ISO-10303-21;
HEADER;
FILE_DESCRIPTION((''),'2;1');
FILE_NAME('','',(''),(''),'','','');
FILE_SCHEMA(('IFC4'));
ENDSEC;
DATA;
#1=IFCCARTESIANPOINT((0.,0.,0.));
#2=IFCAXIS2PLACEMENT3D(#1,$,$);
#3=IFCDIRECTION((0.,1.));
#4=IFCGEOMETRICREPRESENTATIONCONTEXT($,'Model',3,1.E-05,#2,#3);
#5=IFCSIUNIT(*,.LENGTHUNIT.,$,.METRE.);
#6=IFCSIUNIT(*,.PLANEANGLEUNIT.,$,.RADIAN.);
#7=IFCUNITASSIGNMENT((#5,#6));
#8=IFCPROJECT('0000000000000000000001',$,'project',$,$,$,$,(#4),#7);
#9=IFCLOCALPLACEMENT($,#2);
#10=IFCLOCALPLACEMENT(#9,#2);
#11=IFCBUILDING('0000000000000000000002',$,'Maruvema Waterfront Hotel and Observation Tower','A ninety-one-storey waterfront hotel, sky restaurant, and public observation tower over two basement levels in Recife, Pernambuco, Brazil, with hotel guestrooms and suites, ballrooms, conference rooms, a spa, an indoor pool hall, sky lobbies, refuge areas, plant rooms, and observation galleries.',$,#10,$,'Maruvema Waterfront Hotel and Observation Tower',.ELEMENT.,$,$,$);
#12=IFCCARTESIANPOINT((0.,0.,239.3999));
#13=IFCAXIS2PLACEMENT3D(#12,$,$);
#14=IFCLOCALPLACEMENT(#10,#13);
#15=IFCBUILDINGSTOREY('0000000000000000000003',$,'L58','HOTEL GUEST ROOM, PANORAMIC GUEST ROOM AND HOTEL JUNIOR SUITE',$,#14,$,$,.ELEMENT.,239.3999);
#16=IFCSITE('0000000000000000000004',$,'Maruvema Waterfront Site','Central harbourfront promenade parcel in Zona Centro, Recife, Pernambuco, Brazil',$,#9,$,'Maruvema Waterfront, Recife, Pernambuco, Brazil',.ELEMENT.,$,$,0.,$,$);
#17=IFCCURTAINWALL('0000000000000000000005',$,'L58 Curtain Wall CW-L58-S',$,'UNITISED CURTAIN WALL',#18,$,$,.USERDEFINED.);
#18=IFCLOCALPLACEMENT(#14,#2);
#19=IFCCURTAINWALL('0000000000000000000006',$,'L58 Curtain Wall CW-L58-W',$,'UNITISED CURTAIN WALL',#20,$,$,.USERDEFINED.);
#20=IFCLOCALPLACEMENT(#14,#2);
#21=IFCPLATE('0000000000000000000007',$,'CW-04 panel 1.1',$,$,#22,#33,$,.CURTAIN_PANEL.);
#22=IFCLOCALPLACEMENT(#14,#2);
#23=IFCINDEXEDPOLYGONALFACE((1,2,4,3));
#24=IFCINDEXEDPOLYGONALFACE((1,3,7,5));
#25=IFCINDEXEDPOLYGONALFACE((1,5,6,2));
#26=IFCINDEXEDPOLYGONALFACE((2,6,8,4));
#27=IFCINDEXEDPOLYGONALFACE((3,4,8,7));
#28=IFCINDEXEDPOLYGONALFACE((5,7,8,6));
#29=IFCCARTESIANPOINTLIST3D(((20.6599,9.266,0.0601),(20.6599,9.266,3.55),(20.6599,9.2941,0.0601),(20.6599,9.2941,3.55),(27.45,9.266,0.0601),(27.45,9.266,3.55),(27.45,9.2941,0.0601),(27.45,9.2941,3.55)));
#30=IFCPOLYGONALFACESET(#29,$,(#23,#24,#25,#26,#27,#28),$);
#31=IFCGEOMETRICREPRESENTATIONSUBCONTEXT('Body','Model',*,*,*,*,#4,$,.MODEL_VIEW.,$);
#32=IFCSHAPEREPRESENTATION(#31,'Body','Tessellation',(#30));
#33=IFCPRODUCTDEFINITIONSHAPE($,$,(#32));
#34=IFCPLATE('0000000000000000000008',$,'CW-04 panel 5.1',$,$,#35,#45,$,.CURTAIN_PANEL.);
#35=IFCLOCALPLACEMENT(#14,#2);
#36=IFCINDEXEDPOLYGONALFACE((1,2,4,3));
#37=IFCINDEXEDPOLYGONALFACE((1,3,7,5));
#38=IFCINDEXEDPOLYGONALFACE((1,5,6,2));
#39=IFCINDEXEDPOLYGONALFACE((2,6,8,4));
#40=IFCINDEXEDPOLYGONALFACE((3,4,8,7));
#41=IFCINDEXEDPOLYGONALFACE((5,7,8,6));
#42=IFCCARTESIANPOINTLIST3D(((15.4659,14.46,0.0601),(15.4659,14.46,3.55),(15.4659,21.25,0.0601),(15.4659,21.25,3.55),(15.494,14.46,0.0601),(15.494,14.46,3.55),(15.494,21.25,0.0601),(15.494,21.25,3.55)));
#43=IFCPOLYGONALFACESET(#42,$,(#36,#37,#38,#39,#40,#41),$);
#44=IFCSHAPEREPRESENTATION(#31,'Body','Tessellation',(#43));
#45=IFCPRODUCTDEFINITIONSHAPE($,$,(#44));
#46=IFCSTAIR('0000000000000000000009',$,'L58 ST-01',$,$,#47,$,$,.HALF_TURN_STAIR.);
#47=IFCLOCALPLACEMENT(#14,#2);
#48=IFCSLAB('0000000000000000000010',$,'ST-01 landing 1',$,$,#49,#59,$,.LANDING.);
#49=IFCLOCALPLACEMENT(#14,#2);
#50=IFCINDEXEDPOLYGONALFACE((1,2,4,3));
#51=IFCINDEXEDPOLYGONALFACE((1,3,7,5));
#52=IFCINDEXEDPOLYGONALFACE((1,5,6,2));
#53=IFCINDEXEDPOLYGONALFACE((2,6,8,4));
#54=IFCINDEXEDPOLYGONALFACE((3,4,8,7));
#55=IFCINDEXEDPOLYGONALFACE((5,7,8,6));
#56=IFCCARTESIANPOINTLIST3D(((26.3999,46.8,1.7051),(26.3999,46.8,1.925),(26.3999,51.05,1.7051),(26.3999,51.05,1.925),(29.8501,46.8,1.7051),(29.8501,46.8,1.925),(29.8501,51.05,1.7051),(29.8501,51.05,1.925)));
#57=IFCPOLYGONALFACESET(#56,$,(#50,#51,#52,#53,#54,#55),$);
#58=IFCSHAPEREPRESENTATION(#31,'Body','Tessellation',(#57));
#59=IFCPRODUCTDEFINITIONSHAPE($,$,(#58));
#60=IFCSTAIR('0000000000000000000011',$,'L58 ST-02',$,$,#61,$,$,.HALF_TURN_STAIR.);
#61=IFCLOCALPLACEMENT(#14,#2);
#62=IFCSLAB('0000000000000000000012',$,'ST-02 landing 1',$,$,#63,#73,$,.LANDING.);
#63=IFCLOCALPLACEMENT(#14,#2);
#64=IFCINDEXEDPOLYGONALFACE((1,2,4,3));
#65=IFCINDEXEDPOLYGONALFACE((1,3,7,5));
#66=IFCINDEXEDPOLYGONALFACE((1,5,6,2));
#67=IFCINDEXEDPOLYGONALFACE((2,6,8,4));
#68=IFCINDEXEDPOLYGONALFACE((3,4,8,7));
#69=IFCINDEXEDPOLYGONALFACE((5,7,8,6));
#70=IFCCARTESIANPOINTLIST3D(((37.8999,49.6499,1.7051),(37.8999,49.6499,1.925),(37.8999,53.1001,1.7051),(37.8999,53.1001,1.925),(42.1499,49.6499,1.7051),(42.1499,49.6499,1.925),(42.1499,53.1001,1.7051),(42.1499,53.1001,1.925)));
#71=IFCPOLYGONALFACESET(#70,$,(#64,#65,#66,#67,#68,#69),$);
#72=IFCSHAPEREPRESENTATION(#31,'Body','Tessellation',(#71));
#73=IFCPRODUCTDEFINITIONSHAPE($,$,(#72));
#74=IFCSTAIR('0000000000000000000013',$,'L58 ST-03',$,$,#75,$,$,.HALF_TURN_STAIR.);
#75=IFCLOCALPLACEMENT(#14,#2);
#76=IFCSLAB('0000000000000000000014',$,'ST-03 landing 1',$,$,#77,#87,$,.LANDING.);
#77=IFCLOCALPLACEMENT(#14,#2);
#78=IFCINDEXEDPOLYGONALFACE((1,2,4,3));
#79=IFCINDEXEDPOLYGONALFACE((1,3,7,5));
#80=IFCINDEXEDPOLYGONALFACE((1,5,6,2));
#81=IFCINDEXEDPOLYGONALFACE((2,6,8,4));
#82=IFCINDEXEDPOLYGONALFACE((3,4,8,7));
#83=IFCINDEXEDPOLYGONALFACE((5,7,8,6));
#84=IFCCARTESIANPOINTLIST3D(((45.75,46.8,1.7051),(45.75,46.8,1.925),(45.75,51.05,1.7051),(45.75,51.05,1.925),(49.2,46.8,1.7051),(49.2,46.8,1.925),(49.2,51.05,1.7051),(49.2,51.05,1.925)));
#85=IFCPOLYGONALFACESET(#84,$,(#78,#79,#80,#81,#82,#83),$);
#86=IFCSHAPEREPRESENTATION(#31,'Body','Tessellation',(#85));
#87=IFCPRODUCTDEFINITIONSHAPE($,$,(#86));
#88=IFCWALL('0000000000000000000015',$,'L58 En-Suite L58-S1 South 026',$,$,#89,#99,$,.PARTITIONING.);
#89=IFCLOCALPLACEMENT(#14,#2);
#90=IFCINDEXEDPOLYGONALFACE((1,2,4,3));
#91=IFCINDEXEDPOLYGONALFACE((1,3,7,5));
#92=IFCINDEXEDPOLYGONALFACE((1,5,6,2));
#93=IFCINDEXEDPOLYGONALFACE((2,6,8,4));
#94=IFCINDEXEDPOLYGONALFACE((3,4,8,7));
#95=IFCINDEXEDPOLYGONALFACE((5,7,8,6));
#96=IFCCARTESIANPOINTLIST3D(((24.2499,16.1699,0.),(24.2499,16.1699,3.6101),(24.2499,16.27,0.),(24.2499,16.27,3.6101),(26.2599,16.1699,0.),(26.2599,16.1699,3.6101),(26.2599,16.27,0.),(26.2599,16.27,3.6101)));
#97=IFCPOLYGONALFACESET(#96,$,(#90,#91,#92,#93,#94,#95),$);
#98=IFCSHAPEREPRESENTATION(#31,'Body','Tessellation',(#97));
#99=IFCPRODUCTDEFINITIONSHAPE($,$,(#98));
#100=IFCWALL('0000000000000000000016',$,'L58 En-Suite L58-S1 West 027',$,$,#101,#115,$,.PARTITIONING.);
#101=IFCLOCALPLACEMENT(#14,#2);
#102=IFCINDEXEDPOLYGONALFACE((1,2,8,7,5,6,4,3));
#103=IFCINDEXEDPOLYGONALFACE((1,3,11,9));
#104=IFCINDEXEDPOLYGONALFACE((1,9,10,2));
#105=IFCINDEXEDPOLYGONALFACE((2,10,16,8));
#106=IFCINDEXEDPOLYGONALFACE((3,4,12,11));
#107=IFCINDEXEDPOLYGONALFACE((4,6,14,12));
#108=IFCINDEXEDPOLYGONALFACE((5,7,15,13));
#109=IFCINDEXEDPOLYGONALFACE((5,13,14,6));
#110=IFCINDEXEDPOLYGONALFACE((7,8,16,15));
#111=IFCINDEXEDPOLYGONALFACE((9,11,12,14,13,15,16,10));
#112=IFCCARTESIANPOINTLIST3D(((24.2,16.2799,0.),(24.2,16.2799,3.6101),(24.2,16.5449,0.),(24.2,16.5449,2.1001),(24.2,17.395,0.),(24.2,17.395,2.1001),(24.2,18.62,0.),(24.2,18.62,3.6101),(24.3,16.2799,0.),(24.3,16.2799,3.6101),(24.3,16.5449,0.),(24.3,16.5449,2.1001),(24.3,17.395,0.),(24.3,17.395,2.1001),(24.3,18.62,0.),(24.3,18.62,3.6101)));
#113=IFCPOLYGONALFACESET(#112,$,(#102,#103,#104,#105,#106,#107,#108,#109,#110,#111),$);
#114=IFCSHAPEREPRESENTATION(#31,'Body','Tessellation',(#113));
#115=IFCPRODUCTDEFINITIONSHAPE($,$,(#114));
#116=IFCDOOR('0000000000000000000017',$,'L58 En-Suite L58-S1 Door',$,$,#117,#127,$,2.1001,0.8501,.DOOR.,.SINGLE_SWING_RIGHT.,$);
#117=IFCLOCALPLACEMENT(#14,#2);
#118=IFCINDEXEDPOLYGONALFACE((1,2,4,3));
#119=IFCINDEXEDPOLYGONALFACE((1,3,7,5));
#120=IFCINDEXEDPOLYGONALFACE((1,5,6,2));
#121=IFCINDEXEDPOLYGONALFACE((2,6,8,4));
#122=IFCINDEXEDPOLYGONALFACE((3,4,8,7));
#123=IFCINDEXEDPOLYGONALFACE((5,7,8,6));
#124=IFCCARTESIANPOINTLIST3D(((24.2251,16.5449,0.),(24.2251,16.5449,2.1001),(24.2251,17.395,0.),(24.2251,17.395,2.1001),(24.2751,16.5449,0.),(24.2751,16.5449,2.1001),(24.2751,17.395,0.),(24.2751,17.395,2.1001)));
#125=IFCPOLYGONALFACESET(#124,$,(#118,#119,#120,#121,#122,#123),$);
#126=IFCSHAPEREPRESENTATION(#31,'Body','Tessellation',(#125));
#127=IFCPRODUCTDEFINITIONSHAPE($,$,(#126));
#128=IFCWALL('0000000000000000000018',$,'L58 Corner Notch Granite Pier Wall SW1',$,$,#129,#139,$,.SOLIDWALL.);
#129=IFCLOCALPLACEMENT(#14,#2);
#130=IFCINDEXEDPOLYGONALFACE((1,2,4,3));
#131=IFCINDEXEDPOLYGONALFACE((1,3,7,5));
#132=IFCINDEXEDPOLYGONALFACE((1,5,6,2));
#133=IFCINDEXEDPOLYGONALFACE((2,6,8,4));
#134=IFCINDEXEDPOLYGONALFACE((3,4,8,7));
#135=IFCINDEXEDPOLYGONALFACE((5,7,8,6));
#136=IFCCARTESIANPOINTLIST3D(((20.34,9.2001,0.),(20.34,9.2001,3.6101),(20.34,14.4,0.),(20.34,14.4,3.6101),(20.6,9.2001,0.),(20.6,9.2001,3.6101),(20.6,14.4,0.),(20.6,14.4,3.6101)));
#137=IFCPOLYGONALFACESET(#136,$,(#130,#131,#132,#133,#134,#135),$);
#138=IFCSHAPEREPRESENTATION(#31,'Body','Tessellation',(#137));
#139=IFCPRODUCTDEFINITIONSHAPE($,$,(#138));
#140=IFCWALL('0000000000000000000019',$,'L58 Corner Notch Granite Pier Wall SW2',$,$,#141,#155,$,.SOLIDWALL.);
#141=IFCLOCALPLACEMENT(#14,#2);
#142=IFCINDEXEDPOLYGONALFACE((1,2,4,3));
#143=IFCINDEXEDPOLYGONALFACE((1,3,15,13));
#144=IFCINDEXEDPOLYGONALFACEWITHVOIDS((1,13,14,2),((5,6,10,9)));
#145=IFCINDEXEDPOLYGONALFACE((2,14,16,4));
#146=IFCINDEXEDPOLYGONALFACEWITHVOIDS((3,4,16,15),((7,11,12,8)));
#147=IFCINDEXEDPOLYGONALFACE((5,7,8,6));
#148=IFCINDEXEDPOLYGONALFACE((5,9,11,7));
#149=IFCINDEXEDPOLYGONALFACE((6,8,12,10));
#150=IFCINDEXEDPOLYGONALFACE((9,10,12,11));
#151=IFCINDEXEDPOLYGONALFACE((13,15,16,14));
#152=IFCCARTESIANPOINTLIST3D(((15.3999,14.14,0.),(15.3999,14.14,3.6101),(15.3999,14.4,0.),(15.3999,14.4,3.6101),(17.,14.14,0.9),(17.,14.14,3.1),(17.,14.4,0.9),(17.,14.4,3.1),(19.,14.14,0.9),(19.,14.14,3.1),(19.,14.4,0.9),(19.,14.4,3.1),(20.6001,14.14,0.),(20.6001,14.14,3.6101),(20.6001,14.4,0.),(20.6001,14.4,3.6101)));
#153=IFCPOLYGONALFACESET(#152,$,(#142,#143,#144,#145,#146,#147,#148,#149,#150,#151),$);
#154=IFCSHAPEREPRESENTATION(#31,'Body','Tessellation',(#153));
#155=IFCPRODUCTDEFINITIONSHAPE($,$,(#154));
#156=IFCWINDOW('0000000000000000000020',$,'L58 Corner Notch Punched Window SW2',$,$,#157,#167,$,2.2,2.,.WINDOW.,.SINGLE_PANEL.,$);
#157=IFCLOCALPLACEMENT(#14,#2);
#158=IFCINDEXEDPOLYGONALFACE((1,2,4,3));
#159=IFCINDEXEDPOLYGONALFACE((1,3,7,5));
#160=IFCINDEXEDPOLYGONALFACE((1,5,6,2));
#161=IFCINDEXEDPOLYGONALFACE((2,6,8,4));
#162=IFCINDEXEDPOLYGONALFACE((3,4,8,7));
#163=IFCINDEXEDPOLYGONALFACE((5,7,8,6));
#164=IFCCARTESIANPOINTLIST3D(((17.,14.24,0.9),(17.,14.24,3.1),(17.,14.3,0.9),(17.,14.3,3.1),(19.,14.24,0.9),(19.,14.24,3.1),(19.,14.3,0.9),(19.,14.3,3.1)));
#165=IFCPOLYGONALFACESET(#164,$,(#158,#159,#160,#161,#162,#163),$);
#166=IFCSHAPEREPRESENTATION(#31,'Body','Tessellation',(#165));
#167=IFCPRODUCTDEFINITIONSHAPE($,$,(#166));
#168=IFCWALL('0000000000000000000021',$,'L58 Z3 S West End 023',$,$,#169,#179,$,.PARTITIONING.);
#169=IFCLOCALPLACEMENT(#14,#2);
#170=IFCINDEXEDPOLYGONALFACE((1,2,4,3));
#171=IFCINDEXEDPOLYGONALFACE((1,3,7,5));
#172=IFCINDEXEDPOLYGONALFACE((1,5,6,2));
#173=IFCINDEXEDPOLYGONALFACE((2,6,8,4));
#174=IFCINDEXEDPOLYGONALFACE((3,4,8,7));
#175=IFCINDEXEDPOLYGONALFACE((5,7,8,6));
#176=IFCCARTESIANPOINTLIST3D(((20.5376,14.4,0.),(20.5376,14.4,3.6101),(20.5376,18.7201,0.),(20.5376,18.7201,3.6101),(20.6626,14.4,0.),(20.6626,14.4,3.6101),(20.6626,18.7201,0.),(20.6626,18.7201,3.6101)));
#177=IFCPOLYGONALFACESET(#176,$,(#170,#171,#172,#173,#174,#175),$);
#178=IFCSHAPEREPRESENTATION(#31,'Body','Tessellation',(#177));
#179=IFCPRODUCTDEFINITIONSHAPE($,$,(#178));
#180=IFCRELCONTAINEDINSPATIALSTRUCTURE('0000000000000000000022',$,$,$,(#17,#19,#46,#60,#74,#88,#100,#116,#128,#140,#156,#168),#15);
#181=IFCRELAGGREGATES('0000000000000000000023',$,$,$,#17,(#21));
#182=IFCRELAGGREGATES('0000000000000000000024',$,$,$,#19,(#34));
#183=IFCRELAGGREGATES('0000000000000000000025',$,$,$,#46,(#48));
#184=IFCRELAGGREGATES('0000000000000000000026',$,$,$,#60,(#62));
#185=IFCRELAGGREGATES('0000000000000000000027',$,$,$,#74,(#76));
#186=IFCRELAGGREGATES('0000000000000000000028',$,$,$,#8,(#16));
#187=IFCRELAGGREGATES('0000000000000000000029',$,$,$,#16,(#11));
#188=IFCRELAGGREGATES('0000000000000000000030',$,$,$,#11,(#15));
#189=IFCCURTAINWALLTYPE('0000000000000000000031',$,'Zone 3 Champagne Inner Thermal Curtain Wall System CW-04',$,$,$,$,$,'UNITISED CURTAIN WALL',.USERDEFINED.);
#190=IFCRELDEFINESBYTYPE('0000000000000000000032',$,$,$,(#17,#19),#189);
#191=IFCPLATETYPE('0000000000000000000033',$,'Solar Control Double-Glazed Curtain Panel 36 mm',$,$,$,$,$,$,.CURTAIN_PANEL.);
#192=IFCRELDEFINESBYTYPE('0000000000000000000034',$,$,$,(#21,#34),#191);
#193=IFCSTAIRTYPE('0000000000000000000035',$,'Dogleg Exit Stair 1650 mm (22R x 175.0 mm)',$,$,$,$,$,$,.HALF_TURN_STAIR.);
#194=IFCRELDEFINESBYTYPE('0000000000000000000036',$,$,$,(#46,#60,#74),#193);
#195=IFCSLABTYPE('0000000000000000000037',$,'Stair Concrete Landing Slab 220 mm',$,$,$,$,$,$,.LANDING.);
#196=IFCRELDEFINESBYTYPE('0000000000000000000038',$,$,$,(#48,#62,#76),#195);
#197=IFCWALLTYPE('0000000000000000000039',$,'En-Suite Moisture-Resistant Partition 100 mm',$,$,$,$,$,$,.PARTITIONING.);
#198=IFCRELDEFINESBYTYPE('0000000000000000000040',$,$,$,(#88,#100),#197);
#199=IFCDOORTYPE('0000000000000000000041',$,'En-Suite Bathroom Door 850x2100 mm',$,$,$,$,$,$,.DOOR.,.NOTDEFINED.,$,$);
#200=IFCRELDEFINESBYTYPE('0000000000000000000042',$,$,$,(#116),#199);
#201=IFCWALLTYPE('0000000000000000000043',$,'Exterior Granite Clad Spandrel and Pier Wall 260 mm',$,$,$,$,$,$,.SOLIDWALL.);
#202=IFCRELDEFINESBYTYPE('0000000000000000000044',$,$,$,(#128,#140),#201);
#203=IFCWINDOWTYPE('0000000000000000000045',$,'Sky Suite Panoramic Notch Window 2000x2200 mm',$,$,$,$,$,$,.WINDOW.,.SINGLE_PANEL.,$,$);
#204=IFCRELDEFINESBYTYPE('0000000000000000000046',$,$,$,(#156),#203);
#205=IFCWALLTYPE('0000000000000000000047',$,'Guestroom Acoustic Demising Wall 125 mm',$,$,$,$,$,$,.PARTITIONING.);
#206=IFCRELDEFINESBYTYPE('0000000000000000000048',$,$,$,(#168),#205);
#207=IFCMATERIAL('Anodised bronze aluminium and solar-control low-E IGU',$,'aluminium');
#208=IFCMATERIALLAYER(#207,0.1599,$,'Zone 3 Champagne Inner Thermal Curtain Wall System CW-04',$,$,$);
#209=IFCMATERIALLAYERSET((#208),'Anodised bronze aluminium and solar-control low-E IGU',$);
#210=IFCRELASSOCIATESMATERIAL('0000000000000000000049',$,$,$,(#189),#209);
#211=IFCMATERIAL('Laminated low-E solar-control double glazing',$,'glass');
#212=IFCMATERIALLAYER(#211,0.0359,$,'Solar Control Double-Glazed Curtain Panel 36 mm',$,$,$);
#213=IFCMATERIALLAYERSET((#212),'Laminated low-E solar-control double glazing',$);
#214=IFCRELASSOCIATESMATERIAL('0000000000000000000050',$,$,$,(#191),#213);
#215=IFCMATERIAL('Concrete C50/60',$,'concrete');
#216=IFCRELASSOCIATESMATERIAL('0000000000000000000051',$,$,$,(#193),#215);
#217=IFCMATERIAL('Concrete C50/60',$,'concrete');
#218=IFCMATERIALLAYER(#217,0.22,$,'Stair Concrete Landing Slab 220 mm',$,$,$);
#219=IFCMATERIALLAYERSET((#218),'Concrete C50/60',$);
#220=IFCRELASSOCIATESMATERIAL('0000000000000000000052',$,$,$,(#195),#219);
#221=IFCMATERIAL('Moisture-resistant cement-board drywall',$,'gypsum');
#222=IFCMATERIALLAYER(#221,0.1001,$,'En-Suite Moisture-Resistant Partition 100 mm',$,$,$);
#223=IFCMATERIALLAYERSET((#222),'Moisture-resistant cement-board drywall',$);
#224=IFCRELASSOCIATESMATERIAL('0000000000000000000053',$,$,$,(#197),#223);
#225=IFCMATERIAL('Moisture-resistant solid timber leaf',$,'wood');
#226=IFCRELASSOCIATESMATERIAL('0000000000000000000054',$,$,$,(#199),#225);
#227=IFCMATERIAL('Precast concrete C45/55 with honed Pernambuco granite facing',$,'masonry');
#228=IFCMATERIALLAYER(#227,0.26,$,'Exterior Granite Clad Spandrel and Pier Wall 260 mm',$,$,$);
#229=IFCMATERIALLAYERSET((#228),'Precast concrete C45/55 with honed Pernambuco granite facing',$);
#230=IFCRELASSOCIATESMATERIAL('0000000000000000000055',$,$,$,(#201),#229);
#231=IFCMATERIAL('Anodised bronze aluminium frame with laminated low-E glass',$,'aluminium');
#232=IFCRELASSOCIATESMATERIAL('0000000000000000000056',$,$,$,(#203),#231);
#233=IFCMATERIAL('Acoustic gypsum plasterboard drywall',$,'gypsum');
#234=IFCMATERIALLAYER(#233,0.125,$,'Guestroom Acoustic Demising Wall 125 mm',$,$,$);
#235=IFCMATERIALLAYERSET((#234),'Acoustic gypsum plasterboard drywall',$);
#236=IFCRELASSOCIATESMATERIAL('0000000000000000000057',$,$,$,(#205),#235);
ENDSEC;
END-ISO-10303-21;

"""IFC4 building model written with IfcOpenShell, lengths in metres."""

from ifc_helpers import new_model, si_unit, direction, frame, frame_2d, origin, origin_2d, place, context, subcontext, project, spatial, polyline, rectangle, outline, extrude, material, layer, layer_set, type_object, element, fill, aggregate, save


model = new_model("IFC4")

# Units and contexts
model_context = context("Model", 3, precision=1e-05, world=origin(), true_north=direction((0.0, 1.0)))
body_context = subcontext(model_context, "Body", "Model", "MODEL_VIEW")
ifc_project = project(units=[si_unit("LENGTHUNIT", "METRE"), si_unit("PLANEANGLEUNIT", "RADIAN")], contexts=[model_context])

# Site, building, storey
site_placement = place(None, origin())
site = spatial("IfcSite", under=ifc_project, at=site_placement, Name="Maruvema Waterfront Site", Description="Central harbourfront promenade parcel in Zona Centro, Recife, Pernambuco, Brazil", LongName="Maruvema Waterfront, Recife, Pernambuco, Brazil", CompositionType="ELEMENT", RefElevation=0.0)
building_placement = place(site_placement, origin())
building = spatial("IfcBuilding", under=site, at=building_placement, Name="Maruvema Waterfront Hotel and Observation Tower", Description="A ninety-one-storey waterfront hotel, sky restaurant, and public observation tower over two basement levels in Recife, Pernambuco, Brazil, with hotel guestrooms and suites, ballrooms, conference rooms, a spa, an indoor pool hall, sky lobbies, refuge areas, plant rooms, and observation galleries.", LongName="Maruvema Waterfront Hotel and Observation Tower", CompositionType="ELEMENT")
storey_placement = place(building_placement, frame((0.0, 0.0, 239.3999)))
storey = spatial("IfcBuildingStorey", under=building, at=storey_placement, Name="L58", Description="HOTEL GUEST ROOM, PANORAMIC GUEST ROOM AND HOTEL JUNIOR SUITE", CompositionType="ELEMENT", Elevation=239.3999)

# Curtain wall
ifc_material_1 = material(Name="Anodised bronze aluminium and solar-control low-E IGU", Category="aluminium")
ifc_layer_1 = layer(ifc_material_1, 0.1599, Name="Zone 3 Champagne Inner Thermal Curtain Wall System CW-04")
ifc_layer_set_1 = layer_set([ifc_layer_1], Name="Anodised bronze aluminium and solar-control low-E IGU")
curtain_wall_type = type_object("IfcCurtainWallType", Name="Zone 3 Champagne Inner Thermal Curtain Wall System CW-04", ElementType="UNITISED CURTAIN WALL", PredefinedType="USERDEFINED", material=ifc_layer_set_1)
curtain_wall_1_placement = place(storey_placement, origin())
curtain_wall_1 = element("IfcCurtainWall", 1, at=curtain_wall_1_placement, inside=storey, type_object=curtain_wall_type, Name="L58 Curtain Wall CW-L58-S", ObjectType="UNITISED CURTAIN WALL", PredefinedType="USERDEFINED")

# Curtain wall
curtain_wall_2_placement = place(storey_placement, origin())
curtain_wall_2 = element("IfcCurtainWall", 2, at=curtain_wall_2_placement, inside=storey, type_object=curtain_wall_type, Name="L58 Curtain Wall CW-L58-W", ObjectType="UNITISED CURTAIN WALL", PredefinedType="USERDEFINED")

# Plates
ifc_material_2 = material(Name="Laminated low-E solar-control double glazing", Category="glass")
ifc_layer_2 = layer(ifc_material_2, 0.0359, Name="Solar Control Double-Glazed Curtain Panel 36 mm")
ifc_layer_set_2 = layer_set([ifc_layer_2], Name="Laminated low-E solar-control double glazing")
plate_type = type_object("IfcPlateType", Name="Solar Control Double-Glazed Curtain Panel 36 mm", PredefinedType="CURTAIN_PANEL", material=ifc_layer_set_2)
plate_1_placement = place(storey_placement, frame((24.0549, 9.28, 0.0601), z_axis=(0.0, 0.0, 1.0), x_axis=(1.0, 0.0, 0.0)))
plate_1 = element("IfcPlate", 3, at=plate_1_placement, type_object=plate_type, Name="CW-04 panel 1.1", PredefinedType="CURTAIN_PANEL", context=body_context, shape_type="SweptSolid", body=[
    extrude(rectangle(XDim=6.79, YDim=0.0281, at=origin_2d()), origin(), (0.0, 0.0, 1.0), 3.49),
])
aggregate(curtain_wall_1, [plate_1])
plate_2_placement = place(storey_placement, frame((15.48, 17.855, 0.0601), z_axis=(0.0, 0.0, 1.0), x_axis=(0.0, -1.0, 0.0)))
plate_2 = element("IfcPlate", 4, at=plate_2_placement, type_object=plate_type, Name="CW-04 panel 5.1", PredefinedType="CURTAIN_PANEL", context=body_context, shape_type="SweptSolid", body=[
    extrude(rectangle(XDim=6.79, YDim=0.0281, at=origin_2d()), origin(), (0.0, 0.0, 1.0), 3.49),
])
aggregate(curtain_wall_2, [plate_2])

# Stairs, slabs
ifc_material_3 = material(Name="Concrete C50/60", Category="concrete")
stair_type = type_object("IfcStairType", Name="Dogleg Exit Stair 1650 mm (22R x 175.0 mm)", PredefinedType="HALF_TURN_STAIR", material=ifc_material_3)
stair_1_placement = place(storey_placement, origin())
stair_1 = element("IfcStair", 5, at=stair_1_placement, inside=storey, type_object=stair_type, Name="L58 ST-01", PredefinedType="HALF_TURN_STAIR")
ifc_material_4 = material(Name="Concrete C50/60", Category="concrete")
ifc_layer_3 = layer(ifc_material_4, 0.22, Name="Stair Concrete Landing Slab 220 mm")
ifc_layer_set_3 = layer_set([ifc_layer_3], Name="Concrete C50/60")
slab_type_1 = type_object("IfcSlabType", Name="Stair Concrete Landing Slab 220 mm", PredefinedType="LANDING", material=ifc_layer_set_3)
slab_1_placement = place(storey_placement, frame((0.0, 0.0, 1.7051)))
slab_1 = element("IfcSlab", 6, at=slab_1_placement, type_object=slab_type_1, Name="ST-01 landing 1", PredefinedType="LANDING", context=body_context, shape_type="SweptSolid", body=[
    extrude(outline(polyline([(29.8501, 46.8), (29.8501, 51.05), (26.3999, 51.05), (26.3999, 46.8), (29.8501, 46.8)])), origin(), (0.0, 0.0, 1.0), 0.22),
])
aggregate(stair_1, [slab_1])
stair_2_placement = place(storey_placement, origin())
stair_2 = element("IfcStair", 7, at=stair_2_placement, inside=storey, type_object=stair_type, Name="L58 ST-02", PredefinedType="HALF_TURN_STAIR")
slab_2_placement = place(storey_placement, frame((0.0, 0.0, 1.7051)))
slab_2 = element("IfcSlab", 8, at=slab_2_placement, type_object=slab_type_1, Name="ST-02 landing 1", PredefinedType="LANDING", context=body_context, shape_type="SweptSolid", body=[
    extrude(outline(polyline([(37.8999, 49.6499), (42.1499, 49.6499), (42.1499, 53.1001), (37.8999, 53.1001), (37.8999, 49.6499)])), origin(), (0.0, 0.0, 1.0), 0.22),
])
aggregate(stair_2, [slab_2])
stair_3_placement = place(storey_placement, origin())
stair_3 = element("IfcStair", 9, at=stair_3_placement, inside=storey, type_object=stair_type, Name="L58 ST-03", PredefinedType="HALF_TURN_STAIR")
slab_3_placement = place(storey_placement, frame((0.0, 0.0, 1.7051)))
slab_3 = element("IfcSlab", 10, at=slab_3_placement, type_object=slab_type_1, Name="ST-03 landing 1", PredefinedType="LANDING", context=body_context, shape_type="SweptSolid", body=[
    extrude(outline(polyline([(49.2, 46.8), (49.2, 51.05), (45.75, 51.05), (45.75, 46.8), (49.2, 46.8)])), origin(), (0.0, 0.0, 1.0), 0.22),
])
aggregate(stair_3, [slab_3])

# Wall
ifc_material_5 = material(Name="Moisture-resistant cement-board drywall", Category="gypsum")
ifc_layer_4 = layer(ifc_material_5, 0.1001, Name="En-Suite Moisture-Resistant Partition 100 mm")
ifc_layer_set_4 = layer_set([ifc_layer_4], Name="Moisture-resistant cement-board drywall")
wall_type_1 = type_object("IfcWallType", Name="En-Suite Moisture-Resistant Partition 100 mm", PredefinedType="PARTITIONING", material=ifc_layer_set_4)
wall_1_placement = place(storey_placement, frame((24.25, 16.22, 0.0), z_axis=(0.0, 0.0, 1.0), x_axis=(1.0, 0.0, 0.0)))
element("IfcWall", 11, at=wall_1_placement, inside=storey, type_object=wall_type_1, Name="L58 En-Suite L58-S1 South 026", PredefinedType="PARTITIONING", context=body_context, shape_type="SweptSolid", body=[
    extrude(rectangle(XDim=2.01, YDim=0.1001, at=frame_2d((1.0049, 0.0))), origin(), (0.0, 0.0, 1.0), 3.6101),
])

# Wall, opening, door
wall_2_placement = place(storey_placement, frame((24.25, 16.28, 0.0), z_axis=(0.0, 0.0, 1.0), x_axis=(0.0, 1.0, 0.0)))
wall_2 = element("IfcWall", 12, at=wall_2_placement, inside=storey, type_object=wall_type_1, Name="L58 En-Suite L58-S1 West 027", PredefinedType="PARTITIONING", context=body_context, shape_type="SweptSolid", body=[
    extrude(rectangle(XDim=2.3401, YDim=0.1001, at=frame_2d((1.1699, 0.0))), origin(), (0.0, 0.0, 1.0), 3.6101),
])
opening_1_placement = place(wall_2_placement, frame((0.2649, 0.0, 0.0)))
opening_1 = element("IfcOpeningElement", 13, at=opening_1_placement, cuts=wall_2, PredefinedType="OPENING", context=body_context, shape_type="SweptSolid", body=[
    extrude(rectangle(XDim=0.8501, YDim=2.1001, at=frame_2d((0.425, 1.05))), frame((0.0, 0.0601, 0.0), z_axis=(0.0, -1.0, 0.0), x_axis=(1.0, 0.0, 0.0)), (0.0, 0.0, 1.0), 0.1201),
])
ifc_material_6 = material(Name="Moisture-resistant solid timber leaf", Category="wood")
door_type_1 = type_object("IfcDoorType", Name="En-Suite Bathroom Door 850x2100 mm", OperationType="NOTDEFINED", PredefinedType="DOOR", material=ifc_material_6)
door_1_placement = place(opening_1_placement, origin())
door_1 = element("IfcDoor", 14, at=door_1_placement, inside=storey, type_object=door_type_1, Name="L58 En-Suite L58-S1 Door", OperationType="SINGLE_SWING_RIGHT", OverallHeight=2.1001, OverallWidth=0.8501, PredefinedType="DOOR", context=body_context, shape_type="SweptSolid", body=[
    extrude(rectangle(XDim=0.8501, YDim=2.1001, at=frame_2d((0.425, 1.05))), frame((0.0, 0.0249, 0.0), z_axis=(0.0, -1.0, 0.0), x_axis=(1.0, 0.0, 0.0)), (0.0, 0.0, 1.0), 0.05),
])
fill(opening_1, door_1)

# Wall
ifc_material_7 = material(Name="Precast concrete C45/55 with honed Pernambuco granite facing", Category="masonry")
ifc_layer_5 = layer(ifc_material_7, 0.26, Name="Exterior Granite Clad Spandrel and Pier Wall 260 mm")
ifc_layer_set_5 = layer_set([ifc_layer_5], Name="Precast concrete C45/55 with honed Pernambuco granite facing")
wall_type_2 = type_object("IfcWallType", Name="Exterior Granite Clad Spandrel and Pier Wall 260 mm", PredefinedType="SOLIDWALL", material=ifc_layer_set_5)
wall_3_placement = place(storey_placement, frame((20.47, 9.2, 0.0), z_axis=(0.0, 0.0, 1.0), x_axis=(0.0, 1.0, 0.0)))
element("IfcWall", 15, at=wall_3_placement, inside=storey, type_object=wall_type_2, Name="L58 Corner Notch Granite Pier Wall SW1", PredefinedType="SOLIDWALL", context=body_context, shape_type="SweptSolid", body=[
    extrude(rectangle(XDim=5.2, YDim=0.26, at=frame_2d((2.6001, 0.0))), origin(), (0.0, 0.0, 1.0), 3.6101),
])

# Wall, opening, window
wall_4_placement = place(storey_placement, frame((20.6001, 14.27, 0.0), z_axis=(0.0, 0.0, 1.0), x_axis=(-1.0, 0.0, 0.0)))
wall_4 = element("IfcWall", 16, at=wall_4_placement, inside=storey, type_object=wall_type_2, Name="L58 Corner Notch Granite Pier Wall SW2", PredefinedType="SOLIDWALL", context=body_context, shape_type="SweptSolid", body=[
    extrude(rectangle(XDim=5.2002, YDim=0.26, at=frame_2d((2.6001, 0.0))), origin(), (0.0, 0.0, 1.0), 3.6101),
])
opening_2_placement = place(wall_4_placement, frame((1.6001, 0.0, 0.8999)))
opening_2 = element("IfcOpeningElement", 17, at=opening_2_placement, cuts=wall_4, PredefinedType="OPENING", context=body_context, shape_type="SweptSolid", body=[
    extrude(rectangle(XDim=2.0, YDim=2.2, at=frame_2d((1.0, 1.1001))), frame((0.0, 0.1401, 0.0), z_axis=(0.0, -1.0, 0.0), x_axis=(1.0, 0.0, 0.0)), (0.0, 0.0, 1.0), 0.28),
])
ifc_material_8 = material(Name="Anodised bronze aluminium frame with laminated low-E glass", Category="aluminium")
window_type = type_object("IfcWindowType", Name="Sky Suite Panoramic Notch Window 2000x2200 mm", PartitioningType="SINGLE_PANEL", PredefinedType="WINDOW", material=ifc_material_8)
window_placement = place(opening_2_placement, origin())
window = element("IfcWindow", 18, at=window_placement, inside=storey, type_object=window_type, Name="L58 Corner Notch Punched Window SW2", OverallHeight=2.2, OverallWidth=2.0, PartitioningType="SINGLE_PANEL", PredefinedType="WINDOW", context=body_context, shape_type="SweptSolid", body=[
    extrude(rectangle(XDim=2.0, YDim=2.2, at=frame_2d((1.0, 1.1001))), frame((0.0, 0.03, 0.0), z_axis=(0.0, -1.0, 0.0), x_axis=(1.0, 0.0, 0.0)), (0.0, 0.0, 1.0), 0.0601),
])
fill(opening_2, window)

# Wall
ifc_material_9 = material(Name="Acoustic gypsum plasterboard drywall", Category="gypsum")
ifc_layer_6 = layer(ifc_material_9, 0.125, Name="Guestroom Acoustic Demising Wall 125 mm")
ifc_layer_set_6 = layer_set([ifc_layer_6], Name="Acoustic gypsum plasterboard drywall")
wall_type_3 = type_object("IfcWallType", Name="Guestroom Acoustic Demising Wall 125 mm", PredefinedType="PARTITIONING", material=ifc_layer_set_6)
wall_5_placement = place(storey_placement, frame((20.6001, 14.3999, 0.0), z_axis=(0.0, 0.0, 1.0), x_axis=(0.0, 1.0, 0.0)))
element("IfcWall", 19, at=wall_5_placement, inside=storey, type_object=wall_type_3, Name="L58 Z3 S West End 023", PredefinedType="PARTITIONING", context=body_context, shape_type="SweptSolid", body=[
    extrude(rectangle(XDim=4.3201, YDim=0.125, at=frame_2d((2.1602, 0.0))), origin(), (0.0, 0.0, 1.0), 3.6101),
])

save(model, "model.ifc")
